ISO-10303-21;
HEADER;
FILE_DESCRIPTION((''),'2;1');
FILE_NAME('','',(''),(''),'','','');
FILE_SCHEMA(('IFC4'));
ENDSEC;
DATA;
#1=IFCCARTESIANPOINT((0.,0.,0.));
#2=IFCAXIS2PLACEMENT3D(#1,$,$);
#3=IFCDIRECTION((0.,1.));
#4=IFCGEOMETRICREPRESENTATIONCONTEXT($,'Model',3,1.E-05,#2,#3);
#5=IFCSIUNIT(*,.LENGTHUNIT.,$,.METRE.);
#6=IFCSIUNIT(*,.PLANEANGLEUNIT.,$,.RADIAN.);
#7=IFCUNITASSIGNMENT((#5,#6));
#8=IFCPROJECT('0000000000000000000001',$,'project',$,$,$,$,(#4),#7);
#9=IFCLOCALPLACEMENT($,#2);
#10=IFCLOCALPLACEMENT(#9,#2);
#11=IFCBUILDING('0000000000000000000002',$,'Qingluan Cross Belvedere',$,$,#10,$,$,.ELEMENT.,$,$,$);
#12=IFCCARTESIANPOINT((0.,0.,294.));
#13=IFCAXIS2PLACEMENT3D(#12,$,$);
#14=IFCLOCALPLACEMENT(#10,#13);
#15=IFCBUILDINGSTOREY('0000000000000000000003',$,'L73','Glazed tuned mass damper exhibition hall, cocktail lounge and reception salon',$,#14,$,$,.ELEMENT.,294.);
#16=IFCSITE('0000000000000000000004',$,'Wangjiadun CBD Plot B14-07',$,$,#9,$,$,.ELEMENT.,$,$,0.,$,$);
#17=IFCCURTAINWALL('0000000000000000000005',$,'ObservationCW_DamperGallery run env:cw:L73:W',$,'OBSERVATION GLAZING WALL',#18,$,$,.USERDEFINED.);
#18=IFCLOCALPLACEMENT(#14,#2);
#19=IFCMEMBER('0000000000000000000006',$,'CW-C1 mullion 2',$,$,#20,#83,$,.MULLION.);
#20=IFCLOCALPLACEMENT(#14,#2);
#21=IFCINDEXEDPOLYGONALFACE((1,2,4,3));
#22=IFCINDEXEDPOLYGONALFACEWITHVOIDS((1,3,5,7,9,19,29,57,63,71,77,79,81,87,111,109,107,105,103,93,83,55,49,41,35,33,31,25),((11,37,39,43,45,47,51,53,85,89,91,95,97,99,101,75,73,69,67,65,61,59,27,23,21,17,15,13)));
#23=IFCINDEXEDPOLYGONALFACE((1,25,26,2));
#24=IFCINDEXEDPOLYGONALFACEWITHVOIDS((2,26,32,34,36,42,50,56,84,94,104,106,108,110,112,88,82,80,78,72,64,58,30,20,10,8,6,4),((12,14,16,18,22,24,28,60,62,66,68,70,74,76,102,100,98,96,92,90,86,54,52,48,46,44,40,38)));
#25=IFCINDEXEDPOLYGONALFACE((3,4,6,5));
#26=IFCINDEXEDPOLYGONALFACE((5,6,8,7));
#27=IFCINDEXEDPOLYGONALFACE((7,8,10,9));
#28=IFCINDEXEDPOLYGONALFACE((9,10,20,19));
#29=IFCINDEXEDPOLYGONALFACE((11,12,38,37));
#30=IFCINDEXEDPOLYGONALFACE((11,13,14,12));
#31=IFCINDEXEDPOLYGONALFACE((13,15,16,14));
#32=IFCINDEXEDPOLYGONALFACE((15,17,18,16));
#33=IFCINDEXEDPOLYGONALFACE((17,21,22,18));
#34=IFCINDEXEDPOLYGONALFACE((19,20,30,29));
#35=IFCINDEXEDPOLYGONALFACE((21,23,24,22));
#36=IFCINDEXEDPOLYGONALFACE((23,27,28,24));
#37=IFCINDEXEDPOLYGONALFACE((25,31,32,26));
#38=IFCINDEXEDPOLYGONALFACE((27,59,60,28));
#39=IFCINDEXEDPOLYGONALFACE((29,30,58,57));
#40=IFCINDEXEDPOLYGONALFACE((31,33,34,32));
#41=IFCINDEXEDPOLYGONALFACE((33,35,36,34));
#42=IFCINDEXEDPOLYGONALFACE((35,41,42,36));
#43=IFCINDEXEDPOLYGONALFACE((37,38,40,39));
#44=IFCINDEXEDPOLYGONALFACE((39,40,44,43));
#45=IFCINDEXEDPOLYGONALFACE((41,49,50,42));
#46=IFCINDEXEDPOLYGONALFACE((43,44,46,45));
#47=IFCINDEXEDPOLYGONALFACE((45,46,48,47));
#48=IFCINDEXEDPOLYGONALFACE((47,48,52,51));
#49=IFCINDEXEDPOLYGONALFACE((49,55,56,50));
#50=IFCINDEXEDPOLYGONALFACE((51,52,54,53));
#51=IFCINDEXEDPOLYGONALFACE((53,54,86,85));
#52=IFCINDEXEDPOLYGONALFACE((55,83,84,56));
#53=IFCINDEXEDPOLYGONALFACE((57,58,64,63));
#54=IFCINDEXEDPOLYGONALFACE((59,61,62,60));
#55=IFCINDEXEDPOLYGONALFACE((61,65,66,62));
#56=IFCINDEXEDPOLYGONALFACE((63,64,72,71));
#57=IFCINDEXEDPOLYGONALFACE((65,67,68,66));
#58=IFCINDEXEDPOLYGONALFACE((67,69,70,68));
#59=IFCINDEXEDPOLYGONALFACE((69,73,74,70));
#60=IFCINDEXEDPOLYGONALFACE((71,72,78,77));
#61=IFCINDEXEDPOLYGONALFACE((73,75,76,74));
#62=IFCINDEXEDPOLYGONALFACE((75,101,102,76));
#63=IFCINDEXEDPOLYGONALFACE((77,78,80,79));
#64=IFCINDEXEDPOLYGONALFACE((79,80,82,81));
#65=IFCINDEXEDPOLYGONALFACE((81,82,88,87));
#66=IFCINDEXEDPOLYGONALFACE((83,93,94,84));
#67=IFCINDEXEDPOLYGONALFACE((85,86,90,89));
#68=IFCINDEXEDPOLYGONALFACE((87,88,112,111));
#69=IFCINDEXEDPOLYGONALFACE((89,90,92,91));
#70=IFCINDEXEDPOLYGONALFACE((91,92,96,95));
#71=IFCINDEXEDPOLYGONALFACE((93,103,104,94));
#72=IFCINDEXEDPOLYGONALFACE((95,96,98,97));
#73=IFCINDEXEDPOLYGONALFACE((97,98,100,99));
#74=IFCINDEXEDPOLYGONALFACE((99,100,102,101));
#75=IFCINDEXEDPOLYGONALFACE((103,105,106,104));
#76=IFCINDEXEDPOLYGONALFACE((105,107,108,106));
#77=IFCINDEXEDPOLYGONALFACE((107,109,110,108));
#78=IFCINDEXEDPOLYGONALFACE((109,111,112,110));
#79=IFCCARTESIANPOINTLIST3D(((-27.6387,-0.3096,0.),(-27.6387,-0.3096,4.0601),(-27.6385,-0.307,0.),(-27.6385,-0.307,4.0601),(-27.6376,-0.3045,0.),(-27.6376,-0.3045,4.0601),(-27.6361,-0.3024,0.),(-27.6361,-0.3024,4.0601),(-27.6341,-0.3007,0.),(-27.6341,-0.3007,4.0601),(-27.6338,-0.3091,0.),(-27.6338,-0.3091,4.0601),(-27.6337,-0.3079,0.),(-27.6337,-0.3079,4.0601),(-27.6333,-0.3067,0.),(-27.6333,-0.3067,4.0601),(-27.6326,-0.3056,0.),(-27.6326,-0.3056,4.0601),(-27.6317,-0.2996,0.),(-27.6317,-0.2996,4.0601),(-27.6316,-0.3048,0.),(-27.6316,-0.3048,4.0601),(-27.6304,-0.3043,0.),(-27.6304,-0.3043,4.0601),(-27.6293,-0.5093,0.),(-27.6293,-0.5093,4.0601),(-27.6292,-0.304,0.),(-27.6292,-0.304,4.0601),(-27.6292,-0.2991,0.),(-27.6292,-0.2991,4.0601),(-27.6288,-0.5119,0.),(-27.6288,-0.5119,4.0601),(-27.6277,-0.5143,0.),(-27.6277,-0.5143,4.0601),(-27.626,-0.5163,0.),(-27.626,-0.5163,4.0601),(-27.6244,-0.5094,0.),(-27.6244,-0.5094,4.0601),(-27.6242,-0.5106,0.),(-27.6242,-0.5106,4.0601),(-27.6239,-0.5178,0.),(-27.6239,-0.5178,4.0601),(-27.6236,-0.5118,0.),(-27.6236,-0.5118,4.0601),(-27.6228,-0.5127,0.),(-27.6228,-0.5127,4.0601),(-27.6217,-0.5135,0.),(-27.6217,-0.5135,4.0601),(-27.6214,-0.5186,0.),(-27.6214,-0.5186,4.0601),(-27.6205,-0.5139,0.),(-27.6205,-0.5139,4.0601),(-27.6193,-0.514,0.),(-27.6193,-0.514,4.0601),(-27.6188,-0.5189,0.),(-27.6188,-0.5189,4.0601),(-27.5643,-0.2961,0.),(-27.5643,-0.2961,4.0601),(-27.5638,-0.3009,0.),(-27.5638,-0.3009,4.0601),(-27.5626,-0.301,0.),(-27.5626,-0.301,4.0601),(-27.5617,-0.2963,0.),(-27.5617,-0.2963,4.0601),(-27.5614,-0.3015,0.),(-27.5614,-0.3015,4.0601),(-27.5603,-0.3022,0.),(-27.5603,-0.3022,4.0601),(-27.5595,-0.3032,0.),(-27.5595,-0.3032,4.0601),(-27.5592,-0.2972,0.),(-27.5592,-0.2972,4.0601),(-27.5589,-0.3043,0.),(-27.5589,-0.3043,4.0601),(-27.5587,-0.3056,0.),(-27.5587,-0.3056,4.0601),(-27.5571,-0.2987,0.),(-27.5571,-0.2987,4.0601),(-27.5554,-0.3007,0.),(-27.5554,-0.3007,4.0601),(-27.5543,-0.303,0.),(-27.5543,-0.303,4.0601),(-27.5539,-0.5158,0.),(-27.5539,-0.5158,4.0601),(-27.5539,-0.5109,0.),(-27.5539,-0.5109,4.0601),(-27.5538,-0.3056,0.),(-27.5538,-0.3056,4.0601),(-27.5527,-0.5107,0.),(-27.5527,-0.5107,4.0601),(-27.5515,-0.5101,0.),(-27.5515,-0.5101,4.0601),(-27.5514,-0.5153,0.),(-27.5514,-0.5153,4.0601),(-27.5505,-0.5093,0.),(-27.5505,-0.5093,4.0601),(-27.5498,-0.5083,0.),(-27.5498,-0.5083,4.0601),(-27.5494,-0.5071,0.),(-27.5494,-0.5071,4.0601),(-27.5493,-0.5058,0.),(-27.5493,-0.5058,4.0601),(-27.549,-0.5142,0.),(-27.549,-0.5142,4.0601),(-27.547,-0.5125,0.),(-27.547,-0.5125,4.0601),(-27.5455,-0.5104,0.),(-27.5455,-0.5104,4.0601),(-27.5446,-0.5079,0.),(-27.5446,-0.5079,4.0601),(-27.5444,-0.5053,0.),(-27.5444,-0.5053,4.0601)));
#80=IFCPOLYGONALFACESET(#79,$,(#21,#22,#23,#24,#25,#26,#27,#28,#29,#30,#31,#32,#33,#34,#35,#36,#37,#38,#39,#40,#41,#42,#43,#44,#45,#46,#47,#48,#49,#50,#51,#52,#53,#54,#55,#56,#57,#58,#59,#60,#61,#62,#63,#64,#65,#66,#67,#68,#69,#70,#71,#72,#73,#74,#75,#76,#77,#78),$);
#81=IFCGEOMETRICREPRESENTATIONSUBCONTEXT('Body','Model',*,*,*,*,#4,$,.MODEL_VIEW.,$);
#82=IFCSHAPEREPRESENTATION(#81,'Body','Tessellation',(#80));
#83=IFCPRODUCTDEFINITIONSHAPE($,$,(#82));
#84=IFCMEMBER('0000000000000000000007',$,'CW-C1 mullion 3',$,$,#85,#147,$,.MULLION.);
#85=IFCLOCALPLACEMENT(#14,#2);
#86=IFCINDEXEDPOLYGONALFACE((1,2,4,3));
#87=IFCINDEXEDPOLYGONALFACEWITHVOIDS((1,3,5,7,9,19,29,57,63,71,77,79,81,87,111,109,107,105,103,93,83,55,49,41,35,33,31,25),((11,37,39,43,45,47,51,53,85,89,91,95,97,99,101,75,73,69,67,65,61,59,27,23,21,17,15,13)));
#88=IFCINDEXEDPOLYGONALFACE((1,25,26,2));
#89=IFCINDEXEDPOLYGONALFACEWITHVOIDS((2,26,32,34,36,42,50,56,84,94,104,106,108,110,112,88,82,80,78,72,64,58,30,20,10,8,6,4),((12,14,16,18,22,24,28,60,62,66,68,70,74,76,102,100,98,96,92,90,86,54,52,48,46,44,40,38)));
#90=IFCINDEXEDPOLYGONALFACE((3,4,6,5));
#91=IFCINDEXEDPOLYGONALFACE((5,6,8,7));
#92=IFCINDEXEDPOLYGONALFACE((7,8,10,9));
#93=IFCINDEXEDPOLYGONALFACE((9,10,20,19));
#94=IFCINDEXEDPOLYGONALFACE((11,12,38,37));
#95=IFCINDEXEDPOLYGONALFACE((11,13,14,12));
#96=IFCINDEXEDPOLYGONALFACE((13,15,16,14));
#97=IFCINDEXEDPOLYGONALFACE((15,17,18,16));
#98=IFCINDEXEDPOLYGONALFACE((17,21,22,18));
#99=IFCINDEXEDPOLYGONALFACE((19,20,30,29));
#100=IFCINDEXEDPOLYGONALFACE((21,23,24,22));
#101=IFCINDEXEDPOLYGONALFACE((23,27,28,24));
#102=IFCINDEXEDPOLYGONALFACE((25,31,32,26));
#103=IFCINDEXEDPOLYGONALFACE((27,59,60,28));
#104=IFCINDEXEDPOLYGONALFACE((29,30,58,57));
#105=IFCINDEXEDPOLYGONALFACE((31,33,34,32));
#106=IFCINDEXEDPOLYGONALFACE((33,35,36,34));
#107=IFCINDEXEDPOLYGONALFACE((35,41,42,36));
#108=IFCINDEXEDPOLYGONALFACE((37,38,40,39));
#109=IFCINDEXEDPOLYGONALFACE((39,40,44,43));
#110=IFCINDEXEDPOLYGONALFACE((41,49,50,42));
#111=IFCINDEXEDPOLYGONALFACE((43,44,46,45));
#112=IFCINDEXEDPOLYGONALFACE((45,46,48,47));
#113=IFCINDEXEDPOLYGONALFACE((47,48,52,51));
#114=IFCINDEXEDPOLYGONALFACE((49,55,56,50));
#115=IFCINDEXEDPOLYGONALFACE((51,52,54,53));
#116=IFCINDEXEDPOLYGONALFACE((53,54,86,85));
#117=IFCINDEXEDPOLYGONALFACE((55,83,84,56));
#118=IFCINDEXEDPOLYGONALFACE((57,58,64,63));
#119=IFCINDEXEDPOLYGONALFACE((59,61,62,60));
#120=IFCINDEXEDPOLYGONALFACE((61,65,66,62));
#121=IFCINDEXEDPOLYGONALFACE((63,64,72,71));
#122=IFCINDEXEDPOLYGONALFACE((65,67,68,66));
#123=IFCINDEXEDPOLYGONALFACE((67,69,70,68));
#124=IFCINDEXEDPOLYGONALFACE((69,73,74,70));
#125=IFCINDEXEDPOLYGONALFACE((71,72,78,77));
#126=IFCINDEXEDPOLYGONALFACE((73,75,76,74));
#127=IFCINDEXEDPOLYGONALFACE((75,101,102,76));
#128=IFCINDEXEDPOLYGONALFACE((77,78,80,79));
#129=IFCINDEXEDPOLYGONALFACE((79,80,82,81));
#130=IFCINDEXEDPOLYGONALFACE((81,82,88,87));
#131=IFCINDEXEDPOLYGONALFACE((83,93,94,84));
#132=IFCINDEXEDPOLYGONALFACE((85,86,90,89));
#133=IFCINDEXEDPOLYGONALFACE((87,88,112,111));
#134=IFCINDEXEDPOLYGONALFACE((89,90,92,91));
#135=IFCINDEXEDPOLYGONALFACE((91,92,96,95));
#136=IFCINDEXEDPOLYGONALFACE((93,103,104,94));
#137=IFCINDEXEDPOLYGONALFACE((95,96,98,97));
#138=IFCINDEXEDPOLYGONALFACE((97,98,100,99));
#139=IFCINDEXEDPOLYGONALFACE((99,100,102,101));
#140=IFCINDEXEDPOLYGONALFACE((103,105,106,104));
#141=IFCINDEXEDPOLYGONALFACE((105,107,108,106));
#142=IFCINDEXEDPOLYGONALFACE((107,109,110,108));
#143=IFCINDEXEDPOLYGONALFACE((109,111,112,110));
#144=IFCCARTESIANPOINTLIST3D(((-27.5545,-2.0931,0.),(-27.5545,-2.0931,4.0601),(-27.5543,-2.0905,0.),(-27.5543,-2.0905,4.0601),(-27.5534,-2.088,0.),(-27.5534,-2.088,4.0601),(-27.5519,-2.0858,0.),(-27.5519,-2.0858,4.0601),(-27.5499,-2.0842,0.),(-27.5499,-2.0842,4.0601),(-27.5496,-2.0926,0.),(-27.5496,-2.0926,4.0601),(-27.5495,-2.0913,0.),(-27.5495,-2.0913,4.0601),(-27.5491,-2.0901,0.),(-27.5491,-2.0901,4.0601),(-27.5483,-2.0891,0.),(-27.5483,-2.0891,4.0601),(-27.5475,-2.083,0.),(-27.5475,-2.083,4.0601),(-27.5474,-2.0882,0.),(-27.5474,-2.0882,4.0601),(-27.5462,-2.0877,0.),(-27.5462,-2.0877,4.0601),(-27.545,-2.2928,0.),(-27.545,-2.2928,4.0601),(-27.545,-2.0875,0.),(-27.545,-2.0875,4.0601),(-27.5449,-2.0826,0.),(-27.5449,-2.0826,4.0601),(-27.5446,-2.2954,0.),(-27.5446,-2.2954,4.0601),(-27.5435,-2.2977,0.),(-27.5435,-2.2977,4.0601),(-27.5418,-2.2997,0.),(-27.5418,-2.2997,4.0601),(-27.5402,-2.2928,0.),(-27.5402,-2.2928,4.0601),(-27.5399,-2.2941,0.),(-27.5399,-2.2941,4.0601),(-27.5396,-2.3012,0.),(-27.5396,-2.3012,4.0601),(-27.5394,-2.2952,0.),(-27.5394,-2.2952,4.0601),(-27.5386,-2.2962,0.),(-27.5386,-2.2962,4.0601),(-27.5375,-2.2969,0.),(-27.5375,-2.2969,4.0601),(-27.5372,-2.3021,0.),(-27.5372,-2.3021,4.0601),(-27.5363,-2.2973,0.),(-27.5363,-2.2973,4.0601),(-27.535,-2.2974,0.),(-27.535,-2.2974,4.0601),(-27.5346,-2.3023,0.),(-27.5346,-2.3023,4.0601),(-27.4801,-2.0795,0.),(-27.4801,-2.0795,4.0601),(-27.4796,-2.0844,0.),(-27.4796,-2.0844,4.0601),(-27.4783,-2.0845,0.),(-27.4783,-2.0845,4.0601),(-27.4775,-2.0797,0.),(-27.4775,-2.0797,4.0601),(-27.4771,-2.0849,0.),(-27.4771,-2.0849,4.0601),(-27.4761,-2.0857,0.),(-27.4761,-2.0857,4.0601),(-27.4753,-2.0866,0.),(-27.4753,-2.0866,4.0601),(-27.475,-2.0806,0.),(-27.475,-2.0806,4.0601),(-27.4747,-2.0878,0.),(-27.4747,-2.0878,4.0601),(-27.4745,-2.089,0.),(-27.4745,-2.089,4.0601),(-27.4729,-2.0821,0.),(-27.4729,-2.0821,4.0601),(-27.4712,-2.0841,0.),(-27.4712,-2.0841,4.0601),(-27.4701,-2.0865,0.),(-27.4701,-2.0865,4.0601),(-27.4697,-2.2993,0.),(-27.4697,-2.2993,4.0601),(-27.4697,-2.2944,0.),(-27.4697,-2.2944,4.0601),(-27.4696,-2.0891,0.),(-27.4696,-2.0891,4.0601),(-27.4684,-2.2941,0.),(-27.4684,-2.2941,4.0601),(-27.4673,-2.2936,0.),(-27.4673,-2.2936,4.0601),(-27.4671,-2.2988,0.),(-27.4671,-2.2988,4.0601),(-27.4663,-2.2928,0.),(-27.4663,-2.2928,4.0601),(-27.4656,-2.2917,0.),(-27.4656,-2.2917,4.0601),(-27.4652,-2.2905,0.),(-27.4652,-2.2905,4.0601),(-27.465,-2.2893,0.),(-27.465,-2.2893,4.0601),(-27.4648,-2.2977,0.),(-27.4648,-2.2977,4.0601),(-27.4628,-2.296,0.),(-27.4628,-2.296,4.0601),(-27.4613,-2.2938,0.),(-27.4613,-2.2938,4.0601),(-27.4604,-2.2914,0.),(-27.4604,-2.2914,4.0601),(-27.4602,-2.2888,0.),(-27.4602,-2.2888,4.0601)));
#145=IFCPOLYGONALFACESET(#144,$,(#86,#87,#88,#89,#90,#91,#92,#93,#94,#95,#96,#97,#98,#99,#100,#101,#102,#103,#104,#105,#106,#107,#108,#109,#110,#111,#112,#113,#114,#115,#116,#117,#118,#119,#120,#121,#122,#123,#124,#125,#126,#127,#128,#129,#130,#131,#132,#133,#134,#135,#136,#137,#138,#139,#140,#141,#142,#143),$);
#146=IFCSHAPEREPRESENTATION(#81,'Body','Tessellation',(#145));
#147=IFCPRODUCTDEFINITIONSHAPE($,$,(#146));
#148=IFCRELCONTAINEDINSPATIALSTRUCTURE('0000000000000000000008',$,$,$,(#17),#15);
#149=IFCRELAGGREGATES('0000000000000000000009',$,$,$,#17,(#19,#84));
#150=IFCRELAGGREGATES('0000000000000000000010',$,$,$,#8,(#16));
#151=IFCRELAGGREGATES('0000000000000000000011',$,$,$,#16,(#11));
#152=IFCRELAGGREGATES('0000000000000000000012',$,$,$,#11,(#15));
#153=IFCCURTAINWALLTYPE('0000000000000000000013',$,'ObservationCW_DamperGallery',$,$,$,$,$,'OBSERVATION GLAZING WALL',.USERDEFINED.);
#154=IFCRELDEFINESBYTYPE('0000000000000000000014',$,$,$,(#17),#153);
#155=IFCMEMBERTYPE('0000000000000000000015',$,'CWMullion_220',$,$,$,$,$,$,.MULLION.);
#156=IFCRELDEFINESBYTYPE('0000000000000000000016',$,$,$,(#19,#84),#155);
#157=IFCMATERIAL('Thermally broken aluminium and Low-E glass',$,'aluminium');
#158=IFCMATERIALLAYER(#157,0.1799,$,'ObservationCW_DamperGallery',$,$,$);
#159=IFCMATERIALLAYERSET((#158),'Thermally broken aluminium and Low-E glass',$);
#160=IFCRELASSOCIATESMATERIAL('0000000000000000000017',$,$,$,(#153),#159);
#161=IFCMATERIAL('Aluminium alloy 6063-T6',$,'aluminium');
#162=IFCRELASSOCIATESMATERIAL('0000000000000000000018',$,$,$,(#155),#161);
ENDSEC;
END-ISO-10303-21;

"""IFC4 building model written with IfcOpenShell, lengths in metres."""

from ifc_helpers import new_model, si_unit, direction, frame, origin, origin_2d, place, context, subcontext, project, spatial, hollow_rectangle, extrude, material, layer, layer_set, material_profile, profile_set, type_object, element, aggregate, save


model = new_model("IFC4")

# Units and contexts
model_context = context("Model", 3, precision=1e-05, world=origin(), true_north=direction((0.0, 1.0)))
body_context = subcontext(model_context, "Body", "Model", "MODEL_VIEW")
ifc_project = project(units=[si_unit("LENGTHUNIT", "METRE"), si_unit("PLANEANGLEUNIT", "RADIAN")], contexts=[model_context])

# Site, building, storey
site_placement = place(None, origin())
site = spatial("IfcSite", under=ifc_project, at=site_placement, Name="Wangjiadun CBD Plot B14-07", CompositionType="ELEMENT", RefElevation=0.0)
building_placement = place(site_placement, origin())
building = spatial("IfcBuilding", under=site, at=building_placement, Name="Qingluan Cross Belvedere", CompositionType="ELEMENT")
storey_placement = place(building_placement, frame((0.0, 0.0, 294.0)))
storey = spatial("IfcBuildingStorey", under=building, at=storey_placement, Name="L73", Description="Glazed tuned mass damper exhibition hall, cocktail lounge and reception salon", CompositionType="ELEMENT", Elevation=294.0)

# Curtain wall, members
ifc_material_1 = material(Name="Thermally broken aluminium and Low-E glass", Category="aluminium")
ifc_layer_1 = layer(ifc_material_1, 0.1799, Name="ObservationCW_DamperGallery")
ifc_layer_set_1 = layer_set([ifc_layer_1], Name="Thermally broken aluminium and Low-E glass")
curtain_wall_type = type_object("IfcCurtainWallType", Name="ObservationCW_DamperGallery", ElementType="OBSERVATION GLAZING WALL", PredefinedType="USERDEFINED", material=ifc_layer_set_1)
curtain_wall_placement = place(storey_placement, origin())
curtain_wall = element("IfcCurtainWall", 1, at=curtain_wall_placement, inside=storey, type_object=curtain_wall_type, Name="ObservationCW_DamperGallery run env:cw:L73:W", ObjectType="OBSERVATION GLAZING WALL", PredefinedType="USERDEFINED")
ifc_material_2 = material(Name="Aluminium alloy 6063-T6", Category="aluminium")
ifc_material_profile_1 = material_profile(ifc_material_2, hollow_rectangle(XDim=0.085, YDim=0.22, WallThickness=0.0049, InnerFilletRadius=0.0049, OuterFilletRadius=0.01, at=origin_2d()), Name="CWM220x85x5")
ifc_profile_set_1 = profile_set([ifc_material_profile_1], Name="Aluminium alloy 6063-T6")
member_type_1 = type_object("IfcMemberType", Name="CWMullion_220", PredefinedType="MULLION", material=ifc_profile_set_1)
member_1_placement = place(storey_placement, frame((-27.5916, -0.4075, 0.0), z_axis=(0.0, 0.0, 1.0), x_axis=(0.998889, 0.047125, 0.0)))
member_1 = element("IfcMember", 2, at=member_1_placement, type_object=member_type_1, Name="CW-C1 mullion 2", PredefinedType="MULLION", context=body_context, shape_type="SweptSolid", body=[
    extrude(hollow_rectangle(XDim=0.085, YDim=0.22, WallThickness=0.0049, InnerFilletRadius=0.0049, OuterFilletRadius=0.01, at=origin_2d()), origin(), (0.0, 0.0, 1.0), 4.0601),
])
member_2_placement = place(storey_placement, frame((-27.5073, -2.1909, 0.0), z_axis=(0.0, 0.0, 1.0), x_axis=(0.998889, 0.047125, 0.0)))
member_2 = element("IfcMember", 3, at=member_2_placement, type_object=member_type_1, Name="CW-C1 mullion 3", PredefinedType="MULLION", context=body_context, shape_type="SweptSolid", body=[
    extrude(hollow_rectangle(XDim=0.085, YDim=0.22, WallThickness=0.0049, InnerFilletRadius=0.0049, OuterFilletRadius=0.01, at=origin_2d()), origin(), (0.0, 0.0, 1.0), 4.0601),
])
aggregate(curtain_wall, [member_1, member_2])

save(model, "model.ifc")
